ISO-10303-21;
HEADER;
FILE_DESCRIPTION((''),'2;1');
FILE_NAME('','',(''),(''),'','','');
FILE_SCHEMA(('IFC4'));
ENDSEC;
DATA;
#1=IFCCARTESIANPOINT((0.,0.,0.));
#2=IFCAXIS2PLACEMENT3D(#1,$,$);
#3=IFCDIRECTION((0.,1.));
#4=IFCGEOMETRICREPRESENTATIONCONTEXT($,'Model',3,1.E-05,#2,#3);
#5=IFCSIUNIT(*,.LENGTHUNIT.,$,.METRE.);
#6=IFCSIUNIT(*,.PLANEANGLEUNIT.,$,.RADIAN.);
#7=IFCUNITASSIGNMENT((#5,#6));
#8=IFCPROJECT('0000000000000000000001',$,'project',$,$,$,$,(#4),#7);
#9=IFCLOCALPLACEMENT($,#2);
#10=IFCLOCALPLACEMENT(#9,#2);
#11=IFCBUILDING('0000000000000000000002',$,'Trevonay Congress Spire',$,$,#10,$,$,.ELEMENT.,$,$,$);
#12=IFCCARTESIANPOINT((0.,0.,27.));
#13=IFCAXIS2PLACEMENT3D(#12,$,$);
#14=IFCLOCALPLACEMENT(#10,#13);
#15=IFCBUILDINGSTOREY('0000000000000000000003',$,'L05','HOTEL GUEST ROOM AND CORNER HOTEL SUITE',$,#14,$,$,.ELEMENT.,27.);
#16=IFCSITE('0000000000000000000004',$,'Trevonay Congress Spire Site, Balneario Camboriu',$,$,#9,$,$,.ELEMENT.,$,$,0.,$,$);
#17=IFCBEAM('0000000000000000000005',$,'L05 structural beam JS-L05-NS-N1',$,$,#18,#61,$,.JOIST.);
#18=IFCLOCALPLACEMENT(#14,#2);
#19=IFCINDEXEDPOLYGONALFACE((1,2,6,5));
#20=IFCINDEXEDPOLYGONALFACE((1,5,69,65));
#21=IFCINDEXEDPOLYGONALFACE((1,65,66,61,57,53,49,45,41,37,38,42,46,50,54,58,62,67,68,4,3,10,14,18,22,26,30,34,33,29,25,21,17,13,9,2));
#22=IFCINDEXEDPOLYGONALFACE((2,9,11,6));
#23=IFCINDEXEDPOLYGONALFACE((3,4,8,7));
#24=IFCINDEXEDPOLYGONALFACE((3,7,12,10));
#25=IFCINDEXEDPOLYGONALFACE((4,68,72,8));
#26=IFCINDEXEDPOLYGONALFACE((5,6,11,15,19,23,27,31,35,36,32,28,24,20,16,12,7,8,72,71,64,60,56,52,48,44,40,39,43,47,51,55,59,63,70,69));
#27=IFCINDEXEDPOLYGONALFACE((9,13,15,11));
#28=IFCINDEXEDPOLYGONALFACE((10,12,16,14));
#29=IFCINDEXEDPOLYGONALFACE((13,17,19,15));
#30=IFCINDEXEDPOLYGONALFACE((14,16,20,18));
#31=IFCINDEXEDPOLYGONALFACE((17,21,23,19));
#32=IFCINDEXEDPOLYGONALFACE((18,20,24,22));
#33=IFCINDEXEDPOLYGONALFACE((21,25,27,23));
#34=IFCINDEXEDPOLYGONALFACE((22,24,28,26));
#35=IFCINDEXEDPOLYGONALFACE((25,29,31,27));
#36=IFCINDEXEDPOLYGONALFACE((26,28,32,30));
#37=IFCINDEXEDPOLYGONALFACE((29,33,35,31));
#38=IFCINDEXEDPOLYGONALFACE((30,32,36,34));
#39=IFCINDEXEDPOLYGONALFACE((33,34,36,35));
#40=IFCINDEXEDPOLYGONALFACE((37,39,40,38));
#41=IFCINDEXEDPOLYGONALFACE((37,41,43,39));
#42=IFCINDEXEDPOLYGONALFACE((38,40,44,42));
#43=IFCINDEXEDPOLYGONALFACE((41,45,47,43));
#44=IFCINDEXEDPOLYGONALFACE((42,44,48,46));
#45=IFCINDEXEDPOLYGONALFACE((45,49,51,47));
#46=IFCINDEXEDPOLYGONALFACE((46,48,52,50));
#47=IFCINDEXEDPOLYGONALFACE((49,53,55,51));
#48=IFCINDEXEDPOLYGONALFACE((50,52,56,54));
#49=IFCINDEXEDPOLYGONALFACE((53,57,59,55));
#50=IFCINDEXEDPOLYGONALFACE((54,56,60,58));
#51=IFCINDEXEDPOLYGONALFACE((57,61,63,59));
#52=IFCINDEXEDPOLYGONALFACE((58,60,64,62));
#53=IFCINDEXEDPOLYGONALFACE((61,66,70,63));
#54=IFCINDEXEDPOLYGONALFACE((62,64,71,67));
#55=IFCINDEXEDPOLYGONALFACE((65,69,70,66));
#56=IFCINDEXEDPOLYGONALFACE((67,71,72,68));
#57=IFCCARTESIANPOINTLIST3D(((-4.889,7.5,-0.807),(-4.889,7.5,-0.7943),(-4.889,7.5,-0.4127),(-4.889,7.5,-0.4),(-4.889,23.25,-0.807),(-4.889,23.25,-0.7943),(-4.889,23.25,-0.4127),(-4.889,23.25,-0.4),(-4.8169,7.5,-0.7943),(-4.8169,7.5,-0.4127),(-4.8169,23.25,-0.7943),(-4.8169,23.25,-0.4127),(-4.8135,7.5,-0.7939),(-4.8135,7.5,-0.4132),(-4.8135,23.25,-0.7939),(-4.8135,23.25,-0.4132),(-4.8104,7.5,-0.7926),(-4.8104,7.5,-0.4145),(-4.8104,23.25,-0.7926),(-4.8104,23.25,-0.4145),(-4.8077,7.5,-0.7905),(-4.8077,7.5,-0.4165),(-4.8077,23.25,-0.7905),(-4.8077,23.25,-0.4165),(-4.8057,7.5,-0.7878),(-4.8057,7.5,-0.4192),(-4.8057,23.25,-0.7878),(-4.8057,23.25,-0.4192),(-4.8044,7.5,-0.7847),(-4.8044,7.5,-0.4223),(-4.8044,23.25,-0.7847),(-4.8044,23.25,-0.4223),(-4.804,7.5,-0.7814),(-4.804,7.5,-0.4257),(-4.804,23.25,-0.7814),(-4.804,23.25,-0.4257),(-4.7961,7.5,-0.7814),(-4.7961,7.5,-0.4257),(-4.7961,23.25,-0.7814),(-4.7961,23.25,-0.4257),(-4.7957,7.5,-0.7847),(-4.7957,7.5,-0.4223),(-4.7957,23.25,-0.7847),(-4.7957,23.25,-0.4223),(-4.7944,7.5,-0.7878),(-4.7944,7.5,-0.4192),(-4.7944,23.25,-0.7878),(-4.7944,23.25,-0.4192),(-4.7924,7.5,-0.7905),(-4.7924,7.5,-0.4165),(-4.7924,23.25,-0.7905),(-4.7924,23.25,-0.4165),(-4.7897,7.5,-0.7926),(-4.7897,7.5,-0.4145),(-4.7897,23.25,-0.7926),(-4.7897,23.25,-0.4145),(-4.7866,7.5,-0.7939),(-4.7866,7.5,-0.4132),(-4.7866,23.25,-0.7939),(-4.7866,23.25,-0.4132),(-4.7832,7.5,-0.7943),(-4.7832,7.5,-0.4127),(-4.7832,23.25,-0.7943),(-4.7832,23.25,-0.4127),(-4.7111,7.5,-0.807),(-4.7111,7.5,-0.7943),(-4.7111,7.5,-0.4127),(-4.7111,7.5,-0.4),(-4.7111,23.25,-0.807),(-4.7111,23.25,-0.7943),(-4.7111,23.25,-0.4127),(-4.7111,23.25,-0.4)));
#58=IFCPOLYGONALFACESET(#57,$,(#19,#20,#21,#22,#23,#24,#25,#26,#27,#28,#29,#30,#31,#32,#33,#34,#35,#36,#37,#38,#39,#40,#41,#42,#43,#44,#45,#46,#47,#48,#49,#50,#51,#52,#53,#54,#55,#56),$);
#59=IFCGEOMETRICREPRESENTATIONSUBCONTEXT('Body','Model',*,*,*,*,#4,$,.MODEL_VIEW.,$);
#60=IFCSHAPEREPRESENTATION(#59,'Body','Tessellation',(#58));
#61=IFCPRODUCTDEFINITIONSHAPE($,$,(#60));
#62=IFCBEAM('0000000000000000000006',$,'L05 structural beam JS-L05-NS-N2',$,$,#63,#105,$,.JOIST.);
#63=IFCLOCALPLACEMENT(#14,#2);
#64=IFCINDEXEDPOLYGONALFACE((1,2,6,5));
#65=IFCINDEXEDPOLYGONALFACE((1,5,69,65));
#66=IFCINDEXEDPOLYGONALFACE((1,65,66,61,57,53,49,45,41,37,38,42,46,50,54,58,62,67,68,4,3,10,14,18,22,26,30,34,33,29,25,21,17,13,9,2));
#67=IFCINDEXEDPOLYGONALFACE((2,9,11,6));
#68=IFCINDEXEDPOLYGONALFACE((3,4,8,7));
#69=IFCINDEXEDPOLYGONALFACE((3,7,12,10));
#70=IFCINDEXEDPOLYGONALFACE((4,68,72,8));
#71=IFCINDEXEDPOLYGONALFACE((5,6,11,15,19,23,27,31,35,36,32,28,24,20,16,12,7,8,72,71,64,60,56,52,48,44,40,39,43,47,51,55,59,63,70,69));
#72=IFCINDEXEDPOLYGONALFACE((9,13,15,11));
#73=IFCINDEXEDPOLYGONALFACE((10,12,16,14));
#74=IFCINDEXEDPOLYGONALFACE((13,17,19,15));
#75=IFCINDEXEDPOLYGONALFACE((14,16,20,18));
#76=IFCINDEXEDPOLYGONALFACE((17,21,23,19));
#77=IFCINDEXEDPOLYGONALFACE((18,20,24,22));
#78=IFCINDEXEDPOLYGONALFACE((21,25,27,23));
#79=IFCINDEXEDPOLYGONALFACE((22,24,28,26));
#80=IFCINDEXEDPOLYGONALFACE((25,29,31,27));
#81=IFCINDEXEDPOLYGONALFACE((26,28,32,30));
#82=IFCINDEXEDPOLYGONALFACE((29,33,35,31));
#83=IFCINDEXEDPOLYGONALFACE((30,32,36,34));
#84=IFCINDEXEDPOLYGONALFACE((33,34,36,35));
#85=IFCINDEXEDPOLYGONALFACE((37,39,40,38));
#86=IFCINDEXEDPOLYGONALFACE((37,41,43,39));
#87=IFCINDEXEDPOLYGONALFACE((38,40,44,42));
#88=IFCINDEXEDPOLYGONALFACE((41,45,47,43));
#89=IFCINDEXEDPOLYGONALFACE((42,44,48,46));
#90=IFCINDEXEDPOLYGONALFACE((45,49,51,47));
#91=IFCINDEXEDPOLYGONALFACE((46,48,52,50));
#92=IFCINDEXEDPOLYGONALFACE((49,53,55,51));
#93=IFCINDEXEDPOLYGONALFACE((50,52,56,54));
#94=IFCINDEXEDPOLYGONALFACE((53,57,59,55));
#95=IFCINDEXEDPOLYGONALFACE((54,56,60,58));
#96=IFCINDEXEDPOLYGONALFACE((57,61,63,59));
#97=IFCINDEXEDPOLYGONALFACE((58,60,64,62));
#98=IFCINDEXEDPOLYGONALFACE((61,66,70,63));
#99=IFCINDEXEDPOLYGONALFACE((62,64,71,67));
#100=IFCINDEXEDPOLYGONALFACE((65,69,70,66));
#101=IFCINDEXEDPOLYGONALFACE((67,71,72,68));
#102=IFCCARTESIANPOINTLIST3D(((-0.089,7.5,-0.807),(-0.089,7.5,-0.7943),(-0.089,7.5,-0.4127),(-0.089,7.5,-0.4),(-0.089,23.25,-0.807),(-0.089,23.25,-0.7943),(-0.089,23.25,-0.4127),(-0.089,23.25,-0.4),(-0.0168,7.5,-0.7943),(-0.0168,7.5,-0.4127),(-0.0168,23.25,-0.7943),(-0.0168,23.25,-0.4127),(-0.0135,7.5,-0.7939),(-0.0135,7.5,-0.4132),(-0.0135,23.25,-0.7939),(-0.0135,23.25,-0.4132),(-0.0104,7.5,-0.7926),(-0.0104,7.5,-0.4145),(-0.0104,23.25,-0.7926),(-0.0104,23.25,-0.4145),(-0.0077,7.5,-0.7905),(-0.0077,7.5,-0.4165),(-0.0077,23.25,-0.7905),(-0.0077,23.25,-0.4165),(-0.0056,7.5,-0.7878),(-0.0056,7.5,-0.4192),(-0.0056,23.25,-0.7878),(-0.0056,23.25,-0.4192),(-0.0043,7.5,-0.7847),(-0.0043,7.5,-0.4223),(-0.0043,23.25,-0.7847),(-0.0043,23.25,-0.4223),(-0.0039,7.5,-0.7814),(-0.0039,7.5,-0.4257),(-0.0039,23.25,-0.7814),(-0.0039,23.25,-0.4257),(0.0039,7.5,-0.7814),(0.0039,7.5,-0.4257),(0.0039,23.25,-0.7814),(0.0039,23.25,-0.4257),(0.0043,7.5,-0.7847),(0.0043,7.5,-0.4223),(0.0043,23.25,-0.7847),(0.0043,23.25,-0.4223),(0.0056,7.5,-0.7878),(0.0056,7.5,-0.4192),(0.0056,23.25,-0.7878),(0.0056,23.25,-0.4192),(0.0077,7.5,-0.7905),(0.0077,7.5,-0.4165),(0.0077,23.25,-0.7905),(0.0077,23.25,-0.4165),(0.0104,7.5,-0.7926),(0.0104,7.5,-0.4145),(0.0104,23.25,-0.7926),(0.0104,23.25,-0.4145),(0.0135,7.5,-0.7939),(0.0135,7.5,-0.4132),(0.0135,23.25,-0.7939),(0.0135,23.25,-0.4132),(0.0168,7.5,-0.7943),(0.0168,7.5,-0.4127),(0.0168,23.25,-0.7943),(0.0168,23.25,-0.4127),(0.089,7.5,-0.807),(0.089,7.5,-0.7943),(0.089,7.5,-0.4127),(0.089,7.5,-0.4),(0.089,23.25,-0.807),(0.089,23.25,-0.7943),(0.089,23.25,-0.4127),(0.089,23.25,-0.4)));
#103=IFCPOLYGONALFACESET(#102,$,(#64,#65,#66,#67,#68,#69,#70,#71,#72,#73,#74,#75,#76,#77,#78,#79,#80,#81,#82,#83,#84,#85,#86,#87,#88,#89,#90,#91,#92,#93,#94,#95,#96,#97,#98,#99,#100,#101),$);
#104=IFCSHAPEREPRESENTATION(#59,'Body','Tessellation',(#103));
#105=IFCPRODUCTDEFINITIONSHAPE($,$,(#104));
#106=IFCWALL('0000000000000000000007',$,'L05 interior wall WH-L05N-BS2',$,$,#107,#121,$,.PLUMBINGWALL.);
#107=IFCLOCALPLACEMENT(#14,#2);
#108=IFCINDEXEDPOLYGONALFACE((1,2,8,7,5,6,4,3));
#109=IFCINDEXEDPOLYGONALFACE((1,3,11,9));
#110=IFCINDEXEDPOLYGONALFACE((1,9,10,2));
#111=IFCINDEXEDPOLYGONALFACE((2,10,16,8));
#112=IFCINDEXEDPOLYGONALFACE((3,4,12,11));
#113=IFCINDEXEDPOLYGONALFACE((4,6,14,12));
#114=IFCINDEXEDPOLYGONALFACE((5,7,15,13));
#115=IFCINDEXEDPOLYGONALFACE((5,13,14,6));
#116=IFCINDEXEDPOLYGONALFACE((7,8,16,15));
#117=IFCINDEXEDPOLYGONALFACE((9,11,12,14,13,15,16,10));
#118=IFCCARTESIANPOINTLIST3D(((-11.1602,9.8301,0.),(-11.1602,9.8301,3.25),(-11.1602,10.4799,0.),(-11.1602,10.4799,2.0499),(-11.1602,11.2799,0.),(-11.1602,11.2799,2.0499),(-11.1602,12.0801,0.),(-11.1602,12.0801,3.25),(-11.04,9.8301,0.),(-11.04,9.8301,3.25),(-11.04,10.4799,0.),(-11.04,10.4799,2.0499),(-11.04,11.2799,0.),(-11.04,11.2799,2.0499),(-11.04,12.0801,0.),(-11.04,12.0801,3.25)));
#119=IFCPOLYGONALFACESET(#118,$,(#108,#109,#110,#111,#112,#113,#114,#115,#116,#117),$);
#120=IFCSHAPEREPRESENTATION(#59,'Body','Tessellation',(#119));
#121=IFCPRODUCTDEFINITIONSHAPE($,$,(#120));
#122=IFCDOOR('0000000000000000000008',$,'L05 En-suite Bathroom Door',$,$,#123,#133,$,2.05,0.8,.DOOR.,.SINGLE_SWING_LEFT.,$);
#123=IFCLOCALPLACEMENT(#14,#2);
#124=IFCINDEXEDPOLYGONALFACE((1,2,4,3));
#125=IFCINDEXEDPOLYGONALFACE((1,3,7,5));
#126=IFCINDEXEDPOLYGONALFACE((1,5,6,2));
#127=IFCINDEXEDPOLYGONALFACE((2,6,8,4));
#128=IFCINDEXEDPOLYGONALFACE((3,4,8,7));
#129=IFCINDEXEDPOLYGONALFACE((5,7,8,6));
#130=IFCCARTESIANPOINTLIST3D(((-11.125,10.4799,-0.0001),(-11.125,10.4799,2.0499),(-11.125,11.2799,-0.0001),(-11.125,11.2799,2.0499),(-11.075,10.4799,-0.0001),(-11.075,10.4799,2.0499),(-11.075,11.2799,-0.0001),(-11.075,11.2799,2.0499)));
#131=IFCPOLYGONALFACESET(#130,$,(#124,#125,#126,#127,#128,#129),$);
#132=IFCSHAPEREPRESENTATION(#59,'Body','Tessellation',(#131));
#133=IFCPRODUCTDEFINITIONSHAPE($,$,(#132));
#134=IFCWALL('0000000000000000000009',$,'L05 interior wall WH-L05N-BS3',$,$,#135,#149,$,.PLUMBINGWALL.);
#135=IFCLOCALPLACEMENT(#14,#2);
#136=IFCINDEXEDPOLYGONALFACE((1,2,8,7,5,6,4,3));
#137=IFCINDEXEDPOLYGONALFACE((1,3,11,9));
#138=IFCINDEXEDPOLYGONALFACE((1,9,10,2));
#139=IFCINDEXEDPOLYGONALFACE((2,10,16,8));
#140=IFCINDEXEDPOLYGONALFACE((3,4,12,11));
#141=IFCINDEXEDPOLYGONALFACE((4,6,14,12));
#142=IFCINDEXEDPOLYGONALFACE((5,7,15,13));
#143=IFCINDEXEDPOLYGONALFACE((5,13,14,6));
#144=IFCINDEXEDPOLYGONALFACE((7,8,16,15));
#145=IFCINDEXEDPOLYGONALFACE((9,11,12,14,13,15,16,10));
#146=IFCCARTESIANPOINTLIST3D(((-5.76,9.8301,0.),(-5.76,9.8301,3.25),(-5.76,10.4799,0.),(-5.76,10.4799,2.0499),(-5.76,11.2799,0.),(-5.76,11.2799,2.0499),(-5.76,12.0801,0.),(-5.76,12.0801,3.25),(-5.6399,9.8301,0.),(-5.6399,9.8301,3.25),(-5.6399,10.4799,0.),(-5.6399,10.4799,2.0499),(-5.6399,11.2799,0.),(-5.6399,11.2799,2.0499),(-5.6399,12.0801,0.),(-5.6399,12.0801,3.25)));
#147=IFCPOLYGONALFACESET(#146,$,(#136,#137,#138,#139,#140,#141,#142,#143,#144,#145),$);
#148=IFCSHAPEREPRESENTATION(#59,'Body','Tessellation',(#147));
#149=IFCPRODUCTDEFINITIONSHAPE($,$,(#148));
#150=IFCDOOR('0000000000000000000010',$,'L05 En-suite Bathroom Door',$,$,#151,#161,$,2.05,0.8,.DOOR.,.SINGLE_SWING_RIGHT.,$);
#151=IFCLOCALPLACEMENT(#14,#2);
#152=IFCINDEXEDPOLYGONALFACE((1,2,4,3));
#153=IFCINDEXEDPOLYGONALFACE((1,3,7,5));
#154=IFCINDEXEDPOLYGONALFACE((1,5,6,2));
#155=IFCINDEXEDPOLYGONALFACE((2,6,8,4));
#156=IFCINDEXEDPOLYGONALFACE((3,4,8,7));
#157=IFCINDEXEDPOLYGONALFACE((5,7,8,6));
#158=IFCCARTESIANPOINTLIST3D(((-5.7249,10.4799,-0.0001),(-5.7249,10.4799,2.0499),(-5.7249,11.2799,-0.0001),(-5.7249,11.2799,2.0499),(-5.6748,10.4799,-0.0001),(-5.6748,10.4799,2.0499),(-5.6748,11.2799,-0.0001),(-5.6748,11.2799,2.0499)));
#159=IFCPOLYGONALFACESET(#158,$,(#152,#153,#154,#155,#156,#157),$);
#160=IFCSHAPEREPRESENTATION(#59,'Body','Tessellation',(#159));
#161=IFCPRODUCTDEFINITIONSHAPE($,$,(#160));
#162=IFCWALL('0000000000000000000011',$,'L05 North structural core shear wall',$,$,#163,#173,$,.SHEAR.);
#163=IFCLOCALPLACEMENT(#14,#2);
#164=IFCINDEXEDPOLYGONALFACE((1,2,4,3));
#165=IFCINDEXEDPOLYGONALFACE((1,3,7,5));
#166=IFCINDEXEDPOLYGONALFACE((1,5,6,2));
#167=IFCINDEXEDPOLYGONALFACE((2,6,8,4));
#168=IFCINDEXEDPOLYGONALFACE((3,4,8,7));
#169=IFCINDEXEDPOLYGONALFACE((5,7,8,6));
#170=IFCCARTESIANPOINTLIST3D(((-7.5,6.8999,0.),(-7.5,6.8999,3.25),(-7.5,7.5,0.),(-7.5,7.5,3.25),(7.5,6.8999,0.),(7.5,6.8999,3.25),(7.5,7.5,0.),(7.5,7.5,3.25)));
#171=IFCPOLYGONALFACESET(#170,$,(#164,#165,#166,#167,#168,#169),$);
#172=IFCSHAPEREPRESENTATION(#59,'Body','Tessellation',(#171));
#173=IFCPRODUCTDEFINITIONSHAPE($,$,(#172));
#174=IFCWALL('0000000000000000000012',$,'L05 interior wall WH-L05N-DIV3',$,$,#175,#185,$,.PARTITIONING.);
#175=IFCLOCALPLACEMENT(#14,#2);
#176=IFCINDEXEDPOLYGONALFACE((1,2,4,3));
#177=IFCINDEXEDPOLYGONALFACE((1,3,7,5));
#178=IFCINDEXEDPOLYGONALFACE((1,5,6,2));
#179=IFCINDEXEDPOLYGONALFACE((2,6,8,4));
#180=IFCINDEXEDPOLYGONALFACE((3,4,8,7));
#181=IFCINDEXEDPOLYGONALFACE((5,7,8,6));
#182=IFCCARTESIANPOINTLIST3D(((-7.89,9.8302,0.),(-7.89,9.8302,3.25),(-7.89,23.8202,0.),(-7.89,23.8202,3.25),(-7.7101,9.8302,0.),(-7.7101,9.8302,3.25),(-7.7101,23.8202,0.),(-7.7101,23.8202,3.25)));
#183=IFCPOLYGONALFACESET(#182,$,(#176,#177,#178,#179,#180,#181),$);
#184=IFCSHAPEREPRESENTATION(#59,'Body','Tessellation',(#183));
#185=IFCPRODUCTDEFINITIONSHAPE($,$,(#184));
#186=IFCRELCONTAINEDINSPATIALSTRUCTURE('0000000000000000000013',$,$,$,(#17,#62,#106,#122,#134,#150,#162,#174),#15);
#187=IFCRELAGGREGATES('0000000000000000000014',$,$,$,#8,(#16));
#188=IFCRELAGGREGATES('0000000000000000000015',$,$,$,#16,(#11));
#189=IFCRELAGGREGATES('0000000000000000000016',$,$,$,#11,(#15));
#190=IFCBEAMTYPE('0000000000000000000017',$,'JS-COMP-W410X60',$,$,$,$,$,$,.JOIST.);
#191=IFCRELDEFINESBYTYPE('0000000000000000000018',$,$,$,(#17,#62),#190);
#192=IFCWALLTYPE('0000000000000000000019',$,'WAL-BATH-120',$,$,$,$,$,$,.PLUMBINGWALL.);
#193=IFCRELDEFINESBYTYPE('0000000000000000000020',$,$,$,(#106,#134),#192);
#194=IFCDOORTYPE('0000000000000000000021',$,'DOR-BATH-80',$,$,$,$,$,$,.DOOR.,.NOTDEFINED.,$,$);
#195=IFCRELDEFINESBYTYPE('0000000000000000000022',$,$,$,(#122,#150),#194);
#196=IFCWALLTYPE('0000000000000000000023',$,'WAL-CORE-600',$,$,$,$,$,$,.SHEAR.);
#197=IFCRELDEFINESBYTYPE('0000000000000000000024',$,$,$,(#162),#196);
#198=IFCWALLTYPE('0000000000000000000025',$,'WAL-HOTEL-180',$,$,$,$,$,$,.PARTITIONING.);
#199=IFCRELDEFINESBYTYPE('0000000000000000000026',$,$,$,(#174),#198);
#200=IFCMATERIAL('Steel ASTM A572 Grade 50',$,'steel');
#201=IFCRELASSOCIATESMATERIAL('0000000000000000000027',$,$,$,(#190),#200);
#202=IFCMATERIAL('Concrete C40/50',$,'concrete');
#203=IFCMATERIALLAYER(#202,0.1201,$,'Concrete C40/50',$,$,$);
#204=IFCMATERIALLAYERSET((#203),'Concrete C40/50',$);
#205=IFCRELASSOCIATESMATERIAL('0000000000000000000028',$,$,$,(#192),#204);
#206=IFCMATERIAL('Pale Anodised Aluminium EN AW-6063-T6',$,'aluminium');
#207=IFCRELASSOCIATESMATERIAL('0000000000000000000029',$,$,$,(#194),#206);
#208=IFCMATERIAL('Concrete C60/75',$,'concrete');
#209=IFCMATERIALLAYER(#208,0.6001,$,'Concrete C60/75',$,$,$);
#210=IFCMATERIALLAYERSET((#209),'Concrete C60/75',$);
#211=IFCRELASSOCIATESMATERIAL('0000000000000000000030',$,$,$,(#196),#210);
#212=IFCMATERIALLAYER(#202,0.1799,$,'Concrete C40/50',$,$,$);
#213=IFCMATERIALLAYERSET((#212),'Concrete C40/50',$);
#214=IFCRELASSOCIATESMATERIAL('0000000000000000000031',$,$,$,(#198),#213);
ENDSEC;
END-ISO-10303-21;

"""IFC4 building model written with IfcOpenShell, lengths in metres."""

from ifc_helpers import new_model, si_unit, direction, frame, frame_2d, origin, origin_2d, place, context, subcontext, project, spatial, rectangle, i_section, extrude, material, layer, layer_set, material_profile, profile_set, type_object, element, fill, save


model = new_model("IFC4")

# Units and contexts
model_context = context("Model", 3, precision=1e-05, world=origin(), true_north=direction((0.0, 1.0)))
body_context = subcontext(model_context, "Body", "Model", "MODEL_VIEW")
ifc_project = project(units=[si_unit("LENGTHUNIT", "METRE"), si_unit("PLANEANGLEUNIT", "RADIAN")], contexts=[model_context])

# Site, building, storey
site_placement = place(None, origin())
site = spatial("IfcSite", under=ifc_project, at=site_placement, Name="Trevonay Congress Spire Site, Balneario Camboriu", CompositionType="ELEMENT", RefElevation=0.0)
building_placement = place(site_placement, origin())
building = spatial("IfcBuilding", under=site, at=building_placement, Name="Trevonay Congress Spire", CompositionType="ELEMENT")
storey_placement = place(building_placement, frame((0.0, 0.0, 27.0)))
storey = spatial("IfcBuildingStorey", under=building, at=storey_placement, Name="L05", Description="HOTEL GUEST ROOM AND CORNER HOTEL SUITE", CompositionType="ELEMENT", Elevation=27.0)

# Shared definitions
ifc_material_1 = material(Name="Steel ASTM A572 Grade 50", Category="steel")

# Beams
ifc_material_profile_1 = material_profile(ifc_material_1, i_section(OverallWidth=0.178, OverallDepth=0.407, WebThickness=0.0078, FlangeThickness=0.0127, FilletRadius=0.0129, at=origin_2d()), Name="W410x60")
ifc_profile_set_1 = profile_set([ifc_material_profile_1], Name="Steel ASTM A572 Grade 50")
beam_type_1 = type_object("IfcBeamType", Name="JS-COMP-W410X60", PredefinedType="JOIST", material=ifc_profile_set_1)
for number, where, z_axis, x_axis, name in (
    (1, (-4.8, 7.5, -0.6035), (0.0, 1.0, 0.0), (-1.0, 0.0, 0.0), "L05 structural beam JS-L05-NS-N1"),
    (2, (0.0, 7.5, -0.6035), (0.0, 1.0, 0.0), (-1.0, 0.0, 0.0), "L05 structural beam JS-L05-NS-N2"),
):
    element("IfcBeam", number, at=place(storey_placement, frame(where, z_axis=z_axis, x_axis=x_axis)), inside=storey, type_object=beam_type_1, Name=name, PredefinedType="JOIST", context=body_context, shape_type="SweptSolid", body=[
        extrude(i_section(OverallWidth=0.178, OverallDepth=0.407, WebThickness=0.0078, FlangeThickness=0.0127, FilletRadius=0.0129, at=origin_2d()), origin(), (0.0, 0.0, 1.0), 15.75),
    ])

# Walls, openings, doors
ifc_material_2 = material(Name="Concrete C40/50", Category="concrete")
ifc_layer_1 = layer(ifc_material_2, 0.1201, Name="Concrete C40/50")
ifc_layer_set_1 = layer_set([ifc_layer_1], Name="Concrete C40/50")
wall_type_1 = type_object("IfcWallType", Name="WAL-BATH-120", PredefinedType="PLUMBINGWALL", material=ifc_layer_set_1)
wall_1_placement = place(storey_placement, frame((-11.1001, 9.8301, 0.0), z_axis=(0.0, 0.0, 1.0), x_axis=(0.0, 1.0, 0.0)))
wall_1 = element("IfcWall", 3, at=wall_1_placement, inside=storey, type_object=wall_type_1, Name="L05 interior wall WH-L05N-BS2", PredefinedType="PLUMBINGWALL", context=body_context, shape_type="SweptSolid", body=[
    extrude(rectangle(XDim=2.25, YDim=0.1201, at=frame_2d((1.125, 0.0))), origin(), (0.0, 0.0, 1.0), 3.25),
])
opening_1_placement = place(wall_1_placement, frame((0.6499, 0.0, 0.0)))
opening_1 = element("IfcOpeningElement", 4, at=opening_1_placement, cuts=wall_1, PredefinedType="OPENING", context=body_context, shape_type="SweptSolid", body=[
    extrude(rectangle(XDim=0.8, YDim=2.05, at=frame_2d((0.3999, 1.0249))), frame((0.0, 0.0701, 0.0), z_axis=(0.0, -1.0, 0.0), x_axis=(1.0, 0.0, 0.0)), (0.0, 0.0, 1.0), 0.1401),
])
ifc_material_3 = material(Name="Pale Anodised Aluminium EN AW-6063-T6", Category="aluminium")
door_type_1 = type_object("IfcDoorType", Name="DOR-BATH-80", OperationType="NOTDEFINED", PredefinedType="DOOR", material=ifc_material_3)
door_1_placement = place(opening_1_placement, origin())
door_1 = element("IfcDoor", 5, at=door_1_placement, inside=storey, type_object=door_type_1, Name="L05 En-suite Bathroom Door", OperationType="SINGLE_SWING_LEFT", OverallHeight=2.05, OverallWidth=0.8, PredefinedType="DOOR", context=body_context, shape_type="SweptSolid", body=[
    extrude(rectangle(XDim=0.8, YDim=2.05, at=frame_2d((0.3999, 1.0249))), frame((0.0, 0.0249, 0.0), z_axis=(0.0, -1.0, 0.0), x_axis=(1.0, 0.0, 0.0)), (0.0, 0.0, 1.0), 0.05),
])
fill(opening_1, door_1)
wall_2_placement = place(storey_placement, frame((-5.7, 9.8301, 0.0), z_axis=(0.0, 0.0, 1.0), x_axis=(0.0, 1.0, 0.0)))
wall_2 = element("IfcWall", 6, at=wall_2_placement, inside=storey, type_object=wall_type_1, Name="L05 interior wall WH-L05N-BS3", PredefinedType="PLUMBINGWALL", context=body_context, shape_type="SweptSolid", body=[
    extrude(rectangle(XDim=2.25, YDim=0.1201, at=frame_2d((1.125, 0.0))), origin(), (0.0, 0.0, 1.0), 3.25),
])
opening_2_placement = place(wall_2_placement, frame((0.6499, 0.0, 0.0)))
opening_2 = element("IfcOpeningElement", 7, at=opening_2_placement, cuts=wall_2, PredefinedType="OPENING", context=body_context, shape_type="SweptSolid", body=[
    extrude(rectangle(XDim=0.8, YDim=2.05, at=frame_2d((0.3999, 1.0249))), frame((0.0, 0.0701, 0.0), z_axis=(0.0, -1.0, 0.0), x_axis=(1.0, 0.0, 0.0)), (0.0, 0.0, 1.0), 0.1401),
])
door_2_placement = place(opening_2_placement, origin())
door_2 = element("IfcDoor", 8, at=door_2_placement, inside=storey, type_object=door_type_1, Name="L05 En-suite Bathroom Door", OperationType="SINGLE_SWING_RIGHT", OverallHeight=2.05, OverallWidth=0.8, PredefinedType="DOOR", context=body_context, shape_type="SweptSolid", body=[
    extrude(rectangle(XDim=0.8, YDim=2.05, at=frame_2d((0.3999, 1.0249))), frame((0.0, 0.0249, 0.0), z_axis=(0.0, -1.0, 0.0), x_axis=(1.0, 0.0, 0.0)), (0.0, 0.0, 1.0), 0.05),
])
fill(opening_2, door_2)

# Walls
ifc_material_4 = material(Name="Concrete C60/75", Category="concrete")
ifc_layer_2 = layer(ifc_material_4, 0.6001, Name="Concrete C60/75")
ifc_layer_set_2 = layer_set([ifc_layer_2], Name="Concrete C60/75")
wall_type_2 = type_object("IfcWallType", Name="WAL-CORE-600", PredefinedType="SHEAR", material=ifc_layer_set_2)
wall_3_placement = place(storey_placement, frame((-7.5, 7.2, 0.0), z_axis=(0.0, 0.0, 1.0), x_axis=(1.0, 0.0, 0.0)))
element("IfcWall", 9, at=wall_3_placement, inside=storey, type_object=wall_type_2, Name="L05 North structural core shear wall", PredefinedType="SHEAR", context=body_context, shape_type="SweptSolid", body=[
    extrude(rectangle(XDim=15.0, YDim=0.6001, at=frame_2d((7.5, 0.0))), origin(), (0.0, 0.0, 1.0), 3.25),
])
ifc_layer_3 = layer(ifc_material_2, 0.1799, Name="Concrete C40/50")
ifc_layer_set_3 = layer_set([ifc_layer_3], Name="Concrete C40/50")
wall_type_3 = type_object("IfcWallType", Name="WAL-HOTEL-180", PredefinedType="PARTITIONING", material=ifc_layer_set_3)
for number, where, z_axis, x_axis, name in (
    (10, (-7.8, 9.8301, 0.0), (0.0, 0.0, 1.0), (0.0, 1.0, 0.0), "L05 interior wall WH-L05N-DIV3"),
):
    element("IfcWall", number, at=place(storey_placement, frame(where, z_axis=z_axis, x_axis=x_axis)), inside=storey, type_object=wall_type_3, Name=name, PredefinedType="PARTITIONING", context=body_context, shape_type="SweptSolid", body=[
        extrude(rectangle(XDim=13.99, YDim=0.1799, at=frame_2d((6.9951, 0.0))), origin(), (0.0, 0.0, 1.0), 3.25),
    ])

save(model, "model.ifc")
